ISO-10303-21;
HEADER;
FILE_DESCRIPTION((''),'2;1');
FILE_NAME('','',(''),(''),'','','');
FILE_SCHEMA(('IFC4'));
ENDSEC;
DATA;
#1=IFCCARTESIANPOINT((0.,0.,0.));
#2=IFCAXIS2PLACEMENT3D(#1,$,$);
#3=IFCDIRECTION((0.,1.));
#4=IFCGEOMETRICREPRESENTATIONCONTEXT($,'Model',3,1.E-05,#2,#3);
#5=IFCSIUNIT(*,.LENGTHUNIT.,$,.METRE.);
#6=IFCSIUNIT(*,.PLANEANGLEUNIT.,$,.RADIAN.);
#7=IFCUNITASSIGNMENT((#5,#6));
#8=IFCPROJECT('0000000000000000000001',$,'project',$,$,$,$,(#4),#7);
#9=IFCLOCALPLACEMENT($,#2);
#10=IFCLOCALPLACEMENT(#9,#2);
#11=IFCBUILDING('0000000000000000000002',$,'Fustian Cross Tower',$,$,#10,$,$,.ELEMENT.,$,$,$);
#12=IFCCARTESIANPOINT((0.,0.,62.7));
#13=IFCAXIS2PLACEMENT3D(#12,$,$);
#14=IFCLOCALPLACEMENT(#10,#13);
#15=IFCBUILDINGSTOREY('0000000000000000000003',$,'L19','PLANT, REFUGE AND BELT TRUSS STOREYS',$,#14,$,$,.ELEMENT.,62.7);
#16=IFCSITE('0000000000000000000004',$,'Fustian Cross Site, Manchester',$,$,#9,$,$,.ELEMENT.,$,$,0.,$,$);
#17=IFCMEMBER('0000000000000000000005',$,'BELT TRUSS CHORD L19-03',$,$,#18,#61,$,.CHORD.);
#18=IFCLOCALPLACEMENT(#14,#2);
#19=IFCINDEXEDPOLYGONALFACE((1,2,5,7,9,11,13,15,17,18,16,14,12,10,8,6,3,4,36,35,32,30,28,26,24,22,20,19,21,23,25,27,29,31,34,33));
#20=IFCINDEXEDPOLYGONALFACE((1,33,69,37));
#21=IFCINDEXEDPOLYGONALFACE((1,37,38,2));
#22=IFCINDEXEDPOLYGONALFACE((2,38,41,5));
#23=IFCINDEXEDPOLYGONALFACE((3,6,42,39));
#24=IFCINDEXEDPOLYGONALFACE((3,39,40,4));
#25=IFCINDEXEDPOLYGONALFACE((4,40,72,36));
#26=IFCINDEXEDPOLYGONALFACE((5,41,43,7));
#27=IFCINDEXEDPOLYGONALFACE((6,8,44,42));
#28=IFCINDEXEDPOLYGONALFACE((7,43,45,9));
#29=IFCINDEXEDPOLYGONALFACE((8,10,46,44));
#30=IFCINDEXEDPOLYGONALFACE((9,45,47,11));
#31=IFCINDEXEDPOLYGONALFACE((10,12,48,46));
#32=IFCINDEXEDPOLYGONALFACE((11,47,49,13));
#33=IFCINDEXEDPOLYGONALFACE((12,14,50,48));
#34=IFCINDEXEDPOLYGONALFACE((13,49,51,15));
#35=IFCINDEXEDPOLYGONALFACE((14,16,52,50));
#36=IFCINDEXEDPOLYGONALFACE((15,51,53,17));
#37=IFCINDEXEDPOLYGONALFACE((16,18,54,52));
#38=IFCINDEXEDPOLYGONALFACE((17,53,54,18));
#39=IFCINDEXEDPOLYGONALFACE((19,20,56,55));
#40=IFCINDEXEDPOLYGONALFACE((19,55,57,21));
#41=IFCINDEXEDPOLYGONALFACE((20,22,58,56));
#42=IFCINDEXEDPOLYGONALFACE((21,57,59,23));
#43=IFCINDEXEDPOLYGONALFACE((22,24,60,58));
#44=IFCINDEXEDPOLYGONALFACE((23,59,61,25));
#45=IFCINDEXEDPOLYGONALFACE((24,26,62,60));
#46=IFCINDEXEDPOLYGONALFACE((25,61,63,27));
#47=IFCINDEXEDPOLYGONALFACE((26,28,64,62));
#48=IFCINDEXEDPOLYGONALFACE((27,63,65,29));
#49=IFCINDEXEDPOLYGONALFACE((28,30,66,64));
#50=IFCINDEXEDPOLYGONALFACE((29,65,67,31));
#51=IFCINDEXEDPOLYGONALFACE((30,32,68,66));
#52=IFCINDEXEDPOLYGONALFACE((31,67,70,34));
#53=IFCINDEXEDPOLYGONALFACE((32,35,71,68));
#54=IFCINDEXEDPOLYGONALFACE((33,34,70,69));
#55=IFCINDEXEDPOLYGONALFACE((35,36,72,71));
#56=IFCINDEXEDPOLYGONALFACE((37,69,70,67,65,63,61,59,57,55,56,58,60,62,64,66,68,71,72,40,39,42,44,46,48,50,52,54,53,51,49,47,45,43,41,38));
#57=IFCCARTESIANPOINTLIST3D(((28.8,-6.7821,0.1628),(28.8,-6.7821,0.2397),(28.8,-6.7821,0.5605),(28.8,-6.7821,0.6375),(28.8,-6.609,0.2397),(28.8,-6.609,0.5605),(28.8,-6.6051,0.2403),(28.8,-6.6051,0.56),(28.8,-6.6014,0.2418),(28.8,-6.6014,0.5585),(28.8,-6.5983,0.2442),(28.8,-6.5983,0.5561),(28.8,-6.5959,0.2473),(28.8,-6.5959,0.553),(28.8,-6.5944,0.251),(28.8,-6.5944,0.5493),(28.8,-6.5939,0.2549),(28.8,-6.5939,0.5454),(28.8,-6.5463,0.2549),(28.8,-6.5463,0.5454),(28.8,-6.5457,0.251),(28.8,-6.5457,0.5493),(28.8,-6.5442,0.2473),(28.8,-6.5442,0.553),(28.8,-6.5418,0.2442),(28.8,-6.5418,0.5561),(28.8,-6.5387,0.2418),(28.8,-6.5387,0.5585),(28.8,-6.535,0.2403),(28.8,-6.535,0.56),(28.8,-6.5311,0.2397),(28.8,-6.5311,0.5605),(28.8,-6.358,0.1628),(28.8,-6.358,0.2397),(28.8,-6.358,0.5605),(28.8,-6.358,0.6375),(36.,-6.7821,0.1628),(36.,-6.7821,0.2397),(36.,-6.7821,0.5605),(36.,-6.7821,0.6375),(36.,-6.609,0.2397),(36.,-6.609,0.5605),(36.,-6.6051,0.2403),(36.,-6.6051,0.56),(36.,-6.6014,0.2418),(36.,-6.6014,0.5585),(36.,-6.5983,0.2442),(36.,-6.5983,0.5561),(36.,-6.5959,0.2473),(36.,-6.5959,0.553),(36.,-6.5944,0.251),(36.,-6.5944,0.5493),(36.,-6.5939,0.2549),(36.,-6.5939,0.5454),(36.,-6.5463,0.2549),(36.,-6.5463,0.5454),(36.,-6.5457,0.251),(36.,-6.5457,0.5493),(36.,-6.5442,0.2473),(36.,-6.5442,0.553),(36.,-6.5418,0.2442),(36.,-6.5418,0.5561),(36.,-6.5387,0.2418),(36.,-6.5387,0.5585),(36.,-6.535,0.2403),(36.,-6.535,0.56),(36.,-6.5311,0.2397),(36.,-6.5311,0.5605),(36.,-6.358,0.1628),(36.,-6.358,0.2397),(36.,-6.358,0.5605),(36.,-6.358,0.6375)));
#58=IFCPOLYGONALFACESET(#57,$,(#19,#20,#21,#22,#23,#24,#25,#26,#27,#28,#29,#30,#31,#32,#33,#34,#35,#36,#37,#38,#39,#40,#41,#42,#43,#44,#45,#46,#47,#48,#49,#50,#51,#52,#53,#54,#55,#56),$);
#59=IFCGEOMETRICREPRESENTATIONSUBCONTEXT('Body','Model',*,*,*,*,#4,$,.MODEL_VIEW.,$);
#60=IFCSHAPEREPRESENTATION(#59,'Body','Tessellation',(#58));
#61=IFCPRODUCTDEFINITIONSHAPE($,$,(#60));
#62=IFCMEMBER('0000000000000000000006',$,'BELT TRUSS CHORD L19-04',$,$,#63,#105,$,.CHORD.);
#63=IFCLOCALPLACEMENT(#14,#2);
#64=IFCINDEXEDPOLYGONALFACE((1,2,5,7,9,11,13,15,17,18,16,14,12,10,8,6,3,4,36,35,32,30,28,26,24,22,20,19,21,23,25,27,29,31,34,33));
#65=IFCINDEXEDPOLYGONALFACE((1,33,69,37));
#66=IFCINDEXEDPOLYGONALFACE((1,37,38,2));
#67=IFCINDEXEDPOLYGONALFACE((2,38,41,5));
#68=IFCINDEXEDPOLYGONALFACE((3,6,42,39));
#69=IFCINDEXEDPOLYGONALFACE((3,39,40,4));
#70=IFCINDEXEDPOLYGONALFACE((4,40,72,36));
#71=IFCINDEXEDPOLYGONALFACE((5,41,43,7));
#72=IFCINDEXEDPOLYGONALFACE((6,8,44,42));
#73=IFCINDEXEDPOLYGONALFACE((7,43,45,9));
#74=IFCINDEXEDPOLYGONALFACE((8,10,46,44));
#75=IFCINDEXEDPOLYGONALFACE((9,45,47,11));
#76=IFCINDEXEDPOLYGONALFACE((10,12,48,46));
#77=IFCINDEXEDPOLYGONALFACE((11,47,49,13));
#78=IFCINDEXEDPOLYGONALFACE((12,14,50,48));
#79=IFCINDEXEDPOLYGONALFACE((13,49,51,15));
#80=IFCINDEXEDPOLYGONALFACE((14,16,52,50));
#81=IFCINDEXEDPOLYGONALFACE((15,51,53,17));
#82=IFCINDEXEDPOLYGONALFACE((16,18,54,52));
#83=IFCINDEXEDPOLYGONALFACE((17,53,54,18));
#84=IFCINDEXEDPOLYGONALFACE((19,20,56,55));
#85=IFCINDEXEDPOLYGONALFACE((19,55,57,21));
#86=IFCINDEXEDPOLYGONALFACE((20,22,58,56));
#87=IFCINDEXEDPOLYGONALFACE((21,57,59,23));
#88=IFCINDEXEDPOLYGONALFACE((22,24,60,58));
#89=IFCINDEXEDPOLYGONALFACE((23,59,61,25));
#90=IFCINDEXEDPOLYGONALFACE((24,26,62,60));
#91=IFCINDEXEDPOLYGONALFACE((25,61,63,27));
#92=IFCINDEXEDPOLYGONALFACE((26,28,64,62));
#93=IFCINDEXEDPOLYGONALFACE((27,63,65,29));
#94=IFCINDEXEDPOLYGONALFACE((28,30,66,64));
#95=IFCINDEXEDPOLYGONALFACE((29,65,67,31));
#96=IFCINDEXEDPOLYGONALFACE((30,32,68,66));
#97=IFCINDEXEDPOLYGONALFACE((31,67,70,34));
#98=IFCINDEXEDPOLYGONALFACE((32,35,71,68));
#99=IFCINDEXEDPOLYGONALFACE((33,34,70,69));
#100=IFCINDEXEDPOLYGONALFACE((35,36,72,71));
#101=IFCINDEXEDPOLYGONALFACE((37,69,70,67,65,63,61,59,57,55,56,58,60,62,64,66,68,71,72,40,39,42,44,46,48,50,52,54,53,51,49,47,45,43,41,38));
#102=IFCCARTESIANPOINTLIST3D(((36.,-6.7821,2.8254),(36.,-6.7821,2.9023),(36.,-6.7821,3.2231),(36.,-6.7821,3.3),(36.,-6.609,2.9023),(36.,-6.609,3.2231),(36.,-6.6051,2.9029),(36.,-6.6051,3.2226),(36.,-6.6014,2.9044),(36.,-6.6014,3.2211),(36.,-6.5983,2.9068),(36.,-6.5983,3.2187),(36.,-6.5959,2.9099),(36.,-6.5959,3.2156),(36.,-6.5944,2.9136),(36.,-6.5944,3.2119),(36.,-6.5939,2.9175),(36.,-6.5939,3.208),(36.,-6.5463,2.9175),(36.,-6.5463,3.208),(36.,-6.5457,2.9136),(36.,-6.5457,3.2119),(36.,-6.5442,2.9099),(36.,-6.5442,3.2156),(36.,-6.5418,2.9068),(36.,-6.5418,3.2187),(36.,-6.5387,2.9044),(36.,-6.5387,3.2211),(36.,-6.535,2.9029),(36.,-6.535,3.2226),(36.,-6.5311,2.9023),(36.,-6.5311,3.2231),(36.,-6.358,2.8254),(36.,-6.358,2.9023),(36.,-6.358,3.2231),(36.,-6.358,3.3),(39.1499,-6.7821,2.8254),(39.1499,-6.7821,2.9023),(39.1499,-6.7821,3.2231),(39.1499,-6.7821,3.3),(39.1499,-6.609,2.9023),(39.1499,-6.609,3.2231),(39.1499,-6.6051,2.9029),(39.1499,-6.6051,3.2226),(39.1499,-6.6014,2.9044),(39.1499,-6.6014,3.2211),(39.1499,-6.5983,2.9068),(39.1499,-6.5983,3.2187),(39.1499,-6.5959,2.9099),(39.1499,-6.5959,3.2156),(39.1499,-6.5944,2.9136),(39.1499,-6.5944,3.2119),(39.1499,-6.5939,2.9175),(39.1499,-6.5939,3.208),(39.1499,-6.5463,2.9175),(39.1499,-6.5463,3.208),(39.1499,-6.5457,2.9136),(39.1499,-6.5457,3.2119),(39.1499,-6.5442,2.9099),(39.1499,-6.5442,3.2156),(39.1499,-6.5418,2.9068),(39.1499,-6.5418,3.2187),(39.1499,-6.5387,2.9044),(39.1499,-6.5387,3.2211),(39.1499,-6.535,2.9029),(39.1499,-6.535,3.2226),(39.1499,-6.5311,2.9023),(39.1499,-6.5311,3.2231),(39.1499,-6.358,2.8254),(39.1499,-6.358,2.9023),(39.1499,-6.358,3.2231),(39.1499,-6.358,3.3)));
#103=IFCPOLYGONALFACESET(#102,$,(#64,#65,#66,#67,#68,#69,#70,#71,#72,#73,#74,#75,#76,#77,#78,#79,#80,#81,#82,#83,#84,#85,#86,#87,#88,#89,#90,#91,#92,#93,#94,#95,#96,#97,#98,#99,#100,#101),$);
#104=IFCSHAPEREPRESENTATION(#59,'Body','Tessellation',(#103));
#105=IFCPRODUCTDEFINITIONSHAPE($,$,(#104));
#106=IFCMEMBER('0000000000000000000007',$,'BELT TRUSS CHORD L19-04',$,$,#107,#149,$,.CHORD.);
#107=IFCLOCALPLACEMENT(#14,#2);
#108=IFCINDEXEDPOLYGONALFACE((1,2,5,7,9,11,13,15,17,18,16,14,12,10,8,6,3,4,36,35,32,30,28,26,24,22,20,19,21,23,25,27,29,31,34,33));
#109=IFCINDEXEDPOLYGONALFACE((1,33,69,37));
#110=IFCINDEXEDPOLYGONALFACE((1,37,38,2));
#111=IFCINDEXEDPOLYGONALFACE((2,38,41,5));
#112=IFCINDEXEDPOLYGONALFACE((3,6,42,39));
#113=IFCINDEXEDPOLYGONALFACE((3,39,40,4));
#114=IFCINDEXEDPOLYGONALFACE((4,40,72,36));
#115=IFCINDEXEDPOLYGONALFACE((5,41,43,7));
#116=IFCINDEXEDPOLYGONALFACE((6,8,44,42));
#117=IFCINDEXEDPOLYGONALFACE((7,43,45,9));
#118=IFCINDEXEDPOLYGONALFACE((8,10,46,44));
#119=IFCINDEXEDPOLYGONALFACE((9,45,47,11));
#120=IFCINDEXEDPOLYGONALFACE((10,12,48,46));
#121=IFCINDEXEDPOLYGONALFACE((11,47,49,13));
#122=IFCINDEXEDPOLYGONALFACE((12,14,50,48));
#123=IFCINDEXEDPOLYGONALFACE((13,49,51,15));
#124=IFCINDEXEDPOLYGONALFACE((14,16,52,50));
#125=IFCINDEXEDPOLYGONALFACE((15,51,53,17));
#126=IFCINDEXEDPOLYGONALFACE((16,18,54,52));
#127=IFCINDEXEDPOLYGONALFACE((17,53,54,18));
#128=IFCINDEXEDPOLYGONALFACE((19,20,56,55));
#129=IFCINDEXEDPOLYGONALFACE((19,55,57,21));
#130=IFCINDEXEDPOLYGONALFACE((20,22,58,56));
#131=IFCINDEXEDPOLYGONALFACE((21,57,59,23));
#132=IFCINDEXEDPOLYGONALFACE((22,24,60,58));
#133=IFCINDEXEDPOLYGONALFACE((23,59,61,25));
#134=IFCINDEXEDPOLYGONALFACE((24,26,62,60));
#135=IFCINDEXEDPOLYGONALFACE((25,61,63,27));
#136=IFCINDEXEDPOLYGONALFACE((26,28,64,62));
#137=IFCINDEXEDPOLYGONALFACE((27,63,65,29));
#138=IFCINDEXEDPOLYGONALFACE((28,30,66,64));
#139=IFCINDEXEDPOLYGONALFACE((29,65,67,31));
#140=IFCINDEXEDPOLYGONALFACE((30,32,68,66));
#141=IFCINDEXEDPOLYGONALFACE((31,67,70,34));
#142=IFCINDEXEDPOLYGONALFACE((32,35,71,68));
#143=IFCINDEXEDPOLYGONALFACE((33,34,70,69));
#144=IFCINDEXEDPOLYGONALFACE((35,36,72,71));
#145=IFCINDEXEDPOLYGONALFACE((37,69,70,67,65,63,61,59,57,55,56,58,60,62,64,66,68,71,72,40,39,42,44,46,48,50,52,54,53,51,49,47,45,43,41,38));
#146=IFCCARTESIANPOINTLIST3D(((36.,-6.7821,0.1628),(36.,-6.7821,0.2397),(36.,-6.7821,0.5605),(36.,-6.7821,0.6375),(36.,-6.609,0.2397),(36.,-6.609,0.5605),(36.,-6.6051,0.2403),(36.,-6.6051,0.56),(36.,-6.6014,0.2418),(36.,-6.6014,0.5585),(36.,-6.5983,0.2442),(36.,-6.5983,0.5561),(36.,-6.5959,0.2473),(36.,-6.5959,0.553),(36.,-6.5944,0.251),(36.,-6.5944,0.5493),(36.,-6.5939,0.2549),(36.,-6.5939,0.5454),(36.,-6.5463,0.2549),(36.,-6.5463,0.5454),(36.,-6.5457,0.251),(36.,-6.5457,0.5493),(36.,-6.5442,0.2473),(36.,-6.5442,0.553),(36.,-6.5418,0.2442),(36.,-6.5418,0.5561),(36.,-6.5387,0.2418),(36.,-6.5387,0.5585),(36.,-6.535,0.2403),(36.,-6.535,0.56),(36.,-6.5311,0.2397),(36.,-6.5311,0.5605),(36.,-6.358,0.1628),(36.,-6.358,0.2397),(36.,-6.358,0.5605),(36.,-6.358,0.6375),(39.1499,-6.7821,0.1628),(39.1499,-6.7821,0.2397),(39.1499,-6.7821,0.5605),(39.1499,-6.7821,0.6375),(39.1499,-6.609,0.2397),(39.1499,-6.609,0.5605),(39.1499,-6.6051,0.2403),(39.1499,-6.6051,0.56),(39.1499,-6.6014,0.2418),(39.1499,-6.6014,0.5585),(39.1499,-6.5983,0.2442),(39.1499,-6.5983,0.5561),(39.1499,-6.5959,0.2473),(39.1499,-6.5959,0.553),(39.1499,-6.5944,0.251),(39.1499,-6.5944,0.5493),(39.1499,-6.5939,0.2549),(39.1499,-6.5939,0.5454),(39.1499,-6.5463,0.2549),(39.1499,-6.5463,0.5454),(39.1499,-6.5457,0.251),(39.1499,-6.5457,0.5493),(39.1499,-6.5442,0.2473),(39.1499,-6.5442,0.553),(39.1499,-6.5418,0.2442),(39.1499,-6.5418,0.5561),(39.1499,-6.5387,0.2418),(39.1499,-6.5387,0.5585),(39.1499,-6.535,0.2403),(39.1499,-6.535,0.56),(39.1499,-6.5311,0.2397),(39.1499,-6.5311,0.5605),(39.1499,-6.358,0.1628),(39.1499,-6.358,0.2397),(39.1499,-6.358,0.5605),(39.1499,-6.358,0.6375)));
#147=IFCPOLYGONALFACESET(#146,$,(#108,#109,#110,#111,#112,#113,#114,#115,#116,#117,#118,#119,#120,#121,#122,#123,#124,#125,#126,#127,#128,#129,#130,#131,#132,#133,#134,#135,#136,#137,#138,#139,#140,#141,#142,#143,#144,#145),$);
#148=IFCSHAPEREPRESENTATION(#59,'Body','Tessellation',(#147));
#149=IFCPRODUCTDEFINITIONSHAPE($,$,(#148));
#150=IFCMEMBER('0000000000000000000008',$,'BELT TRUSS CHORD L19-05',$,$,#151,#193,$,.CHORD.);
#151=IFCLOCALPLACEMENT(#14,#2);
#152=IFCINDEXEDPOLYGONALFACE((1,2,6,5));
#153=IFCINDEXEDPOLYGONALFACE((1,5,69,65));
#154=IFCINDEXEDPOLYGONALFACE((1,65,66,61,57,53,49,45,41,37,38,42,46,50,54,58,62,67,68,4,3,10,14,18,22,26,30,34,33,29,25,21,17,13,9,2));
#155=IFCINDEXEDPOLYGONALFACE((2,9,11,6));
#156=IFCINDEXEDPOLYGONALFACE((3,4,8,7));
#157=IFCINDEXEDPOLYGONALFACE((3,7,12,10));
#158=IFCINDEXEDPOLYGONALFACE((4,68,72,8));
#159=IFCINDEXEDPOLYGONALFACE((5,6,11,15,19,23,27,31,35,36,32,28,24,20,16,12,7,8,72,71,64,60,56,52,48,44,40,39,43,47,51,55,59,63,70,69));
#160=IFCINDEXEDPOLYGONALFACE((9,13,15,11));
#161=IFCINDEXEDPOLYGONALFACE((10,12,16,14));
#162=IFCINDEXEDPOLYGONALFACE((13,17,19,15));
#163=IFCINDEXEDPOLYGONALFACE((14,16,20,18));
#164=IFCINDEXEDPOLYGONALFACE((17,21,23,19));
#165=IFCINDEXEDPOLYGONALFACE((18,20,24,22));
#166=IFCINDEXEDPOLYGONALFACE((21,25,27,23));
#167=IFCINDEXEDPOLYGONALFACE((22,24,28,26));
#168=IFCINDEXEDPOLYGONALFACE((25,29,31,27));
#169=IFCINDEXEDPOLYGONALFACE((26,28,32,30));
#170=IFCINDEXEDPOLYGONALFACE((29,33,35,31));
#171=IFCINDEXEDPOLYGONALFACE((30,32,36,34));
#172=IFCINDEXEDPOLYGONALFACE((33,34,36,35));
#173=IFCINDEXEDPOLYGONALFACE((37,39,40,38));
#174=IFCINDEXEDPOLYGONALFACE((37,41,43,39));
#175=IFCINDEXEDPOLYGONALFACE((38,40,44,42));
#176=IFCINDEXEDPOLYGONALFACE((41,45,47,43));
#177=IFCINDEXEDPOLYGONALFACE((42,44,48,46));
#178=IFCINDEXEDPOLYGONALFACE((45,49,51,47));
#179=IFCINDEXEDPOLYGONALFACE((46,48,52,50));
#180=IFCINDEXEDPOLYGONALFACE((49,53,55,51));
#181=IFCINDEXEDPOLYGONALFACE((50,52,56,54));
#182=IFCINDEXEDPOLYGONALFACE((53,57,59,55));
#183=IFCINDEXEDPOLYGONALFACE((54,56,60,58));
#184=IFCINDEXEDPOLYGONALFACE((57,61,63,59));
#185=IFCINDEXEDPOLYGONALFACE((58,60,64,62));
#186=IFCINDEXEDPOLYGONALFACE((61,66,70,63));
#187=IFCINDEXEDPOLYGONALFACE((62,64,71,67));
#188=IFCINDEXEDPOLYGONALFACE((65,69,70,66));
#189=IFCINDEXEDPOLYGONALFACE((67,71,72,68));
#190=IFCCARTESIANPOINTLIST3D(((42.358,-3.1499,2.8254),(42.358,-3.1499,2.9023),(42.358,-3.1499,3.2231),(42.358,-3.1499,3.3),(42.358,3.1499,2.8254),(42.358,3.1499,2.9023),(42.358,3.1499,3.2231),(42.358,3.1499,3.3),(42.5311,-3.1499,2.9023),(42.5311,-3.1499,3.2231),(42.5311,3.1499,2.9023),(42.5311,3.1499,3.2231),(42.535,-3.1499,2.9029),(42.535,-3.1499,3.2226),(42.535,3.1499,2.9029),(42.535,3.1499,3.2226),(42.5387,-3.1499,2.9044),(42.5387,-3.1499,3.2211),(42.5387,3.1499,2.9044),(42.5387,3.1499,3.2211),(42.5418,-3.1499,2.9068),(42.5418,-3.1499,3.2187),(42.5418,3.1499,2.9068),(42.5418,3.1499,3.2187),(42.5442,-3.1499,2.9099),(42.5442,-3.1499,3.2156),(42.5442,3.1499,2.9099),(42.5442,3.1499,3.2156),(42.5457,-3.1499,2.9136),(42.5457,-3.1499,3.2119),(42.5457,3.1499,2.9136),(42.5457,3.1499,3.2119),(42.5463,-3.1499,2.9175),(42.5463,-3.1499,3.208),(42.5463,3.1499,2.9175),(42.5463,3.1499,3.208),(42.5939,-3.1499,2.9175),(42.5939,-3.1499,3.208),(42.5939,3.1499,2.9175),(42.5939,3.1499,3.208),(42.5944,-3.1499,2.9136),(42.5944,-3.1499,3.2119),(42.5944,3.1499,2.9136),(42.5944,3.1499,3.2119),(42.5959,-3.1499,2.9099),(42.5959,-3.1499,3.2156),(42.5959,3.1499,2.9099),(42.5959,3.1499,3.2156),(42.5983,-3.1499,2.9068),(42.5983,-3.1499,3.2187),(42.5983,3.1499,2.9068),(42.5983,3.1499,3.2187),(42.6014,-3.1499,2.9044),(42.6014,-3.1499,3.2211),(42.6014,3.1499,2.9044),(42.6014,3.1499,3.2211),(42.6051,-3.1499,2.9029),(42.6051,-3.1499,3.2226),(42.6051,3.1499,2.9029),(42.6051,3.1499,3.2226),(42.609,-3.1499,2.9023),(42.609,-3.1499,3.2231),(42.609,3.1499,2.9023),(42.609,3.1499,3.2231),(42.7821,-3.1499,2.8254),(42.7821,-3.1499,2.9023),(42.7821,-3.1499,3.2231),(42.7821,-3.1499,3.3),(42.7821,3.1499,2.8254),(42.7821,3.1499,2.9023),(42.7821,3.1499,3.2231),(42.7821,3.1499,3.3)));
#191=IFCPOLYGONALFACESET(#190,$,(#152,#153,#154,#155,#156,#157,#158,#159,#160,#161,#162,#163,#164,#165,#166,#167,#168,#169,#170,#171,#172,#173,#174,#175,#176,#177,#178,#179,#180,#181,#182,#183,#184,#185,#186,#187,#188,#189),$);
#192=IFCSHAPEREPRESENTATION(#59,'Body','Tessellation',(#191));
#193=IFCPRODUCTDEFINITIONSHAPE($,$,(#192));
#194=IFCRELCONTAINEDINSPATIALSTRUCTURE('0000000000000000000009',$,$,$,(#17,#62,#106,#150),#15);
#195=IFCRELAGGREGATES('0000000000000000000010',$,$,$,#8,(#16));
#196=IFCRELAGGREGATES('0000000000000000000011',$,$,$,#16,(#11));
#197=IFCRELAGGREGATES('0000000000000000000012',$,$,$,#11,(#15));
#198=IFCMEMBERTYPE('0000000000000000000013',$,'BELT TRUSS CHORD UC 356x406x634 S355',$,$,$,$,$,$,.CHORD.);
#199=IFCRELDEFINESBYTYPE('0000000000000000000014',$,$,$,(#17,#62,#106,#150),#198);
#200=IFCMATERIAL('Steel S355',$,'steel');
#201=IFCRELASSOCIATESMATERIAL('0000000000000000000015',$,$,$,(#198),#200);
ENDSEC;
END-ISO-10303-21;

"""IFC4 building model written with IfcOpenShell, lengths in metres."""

from ifc_helpers import new_model, si_unit, direction, frame, origin, origin_2d, place, context, subcontext, project, spatial, i_section, extrude, material, material_profile, profile_set, type_object, element, save


model = new_model("IFC4")

# Units and contexts
model_context = context("Model", 3, precision=1e-05, world=origin(), true_north=direction((0.0, 1.0)))
body_context = subcontext(model_context, "Body", "Model", "MODEL_VIEW")
ifc_project = project(units=[si_unit("LENGTHUNIT", "METRE"), si_unit("PLANEANGLEUNIT", "RADIAN")], contexts=[model_context])

# Site, building, storey
site_placement = place(None, origin())
site = spatial("IfcSite", under=ifc_project, at=site_placement, Name="Fustian Cross Site, Manchester", CompositionType="ELEMENT", RefElevation=0.0)
building_placement = place(site_placement, origin())
building = spatial("IfcBuilding", under=site, at=building_placement, Name="Fustian Cross Tower", CompositionType="ELEMENT")
storey_placement = place(building_placement, frame((0.0, 0.0, 62.7)))
storey = spatial("IfcBuildingStorey", under=building, at=storey_placement, Name="L19", Description="PLANT, REFUGE AND BELT TRUSS STOREYS", CompositionType="ELEMENT", Elevation=62.7)

# Members
ifc_material_1 = material(Name="Steel S355", Category="steel")
ifc_material_profile_1 = material_profile(ifc_material_1, i_section(OverallWidth=0.4241, OverallDepth=0.4746, WebThickness=0.0476, FlangeThickness=0.0769, FilletRadius=0.0151, at=origin_2d()), Name="UC 356x406x634")
ifc_profile_set_1 = profile_set([ifc_material_profile_1], Name="Steel S355")
member_type_1 = type_object("IfcMemberType", Name="BELT TRUSS CHORD UC 356x406x634 S355", PredefinedType="CHORD", material=ifc_profile_set_1)
for number, where, z_axis, x_axis, name in (
    (1, (28.8, -6.5701, 0.4001), (1.0, 0.0, 0.0), (0.0, 1.0, 0.0), "BELT TRUSS CHORD L19-03"),
):
    element("IfcMember", number, at=place(storey_placement, frame(where, z_axis=z_axis, x_axis=x_axis)), inside=storey, type_object=member_type_1, Name=name, PredefinedType="CHORD", context=body_context, shape_type="SweptSolid", body=[
        extrude(i_section(OverallWidth=0.4241, OverallDepth=0.4746, WebThickness=0.0476, FlangeThickness=0.0769, FilletRadius=0.0151, at=origin_2d()), origin(), (0.0, 0.0, 1.0), 7.2),
    ])
for number, where, z_axis, x_axis, name in (
    (2, (36.0, -6.5701, 3.0627), (1.0, 0.0, 0.0), (0.0, 1.0, 0.0), "BELT TRUSS CHORD L19-04"),
    (3, (36.0, -6.5701, 0.4001), (1.0, 0.0, 0.0), (0.0, 1.0, 0.0), "BELT TRUSS CHORD L19-04"),
):
    element("IfcMember", number, at=place(storey_placement, frame(where, z_axis=z_axis, x_axis=x_axis)), inside=storey, type_object=member_type_1, Name=name, PredefinedType="CHORD", context=body_context, shape_type="SweptSolid", body=[
        extrude(i_section(OverallWidth=0.4241, OverallDepth=0.4746, WebThickness=0.0476, FlangeThickness=0.0769, FilletRadius=0.0151, at=origin_2d()), origin(), (0.0, 0.0, 1.0), 3.1499),
    ])
for number, where, z_axis, x_axis, name in (
    (4, (42.5701, -3.1499, 3.0627), (0.0, 1.0, 0.0), (-1.0, 0.0, 0.0), "BELT TRUSS CHORD L19-05"),
):
    element("IfcMember", number, at=place(storey_placement, frame(where, z_axis=z_axis, x_axis=x_axis)), inside=storey, type_object=member_type_1, Name=name, PredefinedType="CHORD", context=body_context, shape_type="SweptSolid", body=[
        extrude(i_section(OverallWidth=0.4241, OverallDepth=0.4746, WebThickness=0.0476, FlangeThickness=0.0769, FilletRadius=0.0151, at=origin_2d()), origin(), (0.0, 0.0, 1.0), 6.2998),
    ])

save(model, "model.ifc")
